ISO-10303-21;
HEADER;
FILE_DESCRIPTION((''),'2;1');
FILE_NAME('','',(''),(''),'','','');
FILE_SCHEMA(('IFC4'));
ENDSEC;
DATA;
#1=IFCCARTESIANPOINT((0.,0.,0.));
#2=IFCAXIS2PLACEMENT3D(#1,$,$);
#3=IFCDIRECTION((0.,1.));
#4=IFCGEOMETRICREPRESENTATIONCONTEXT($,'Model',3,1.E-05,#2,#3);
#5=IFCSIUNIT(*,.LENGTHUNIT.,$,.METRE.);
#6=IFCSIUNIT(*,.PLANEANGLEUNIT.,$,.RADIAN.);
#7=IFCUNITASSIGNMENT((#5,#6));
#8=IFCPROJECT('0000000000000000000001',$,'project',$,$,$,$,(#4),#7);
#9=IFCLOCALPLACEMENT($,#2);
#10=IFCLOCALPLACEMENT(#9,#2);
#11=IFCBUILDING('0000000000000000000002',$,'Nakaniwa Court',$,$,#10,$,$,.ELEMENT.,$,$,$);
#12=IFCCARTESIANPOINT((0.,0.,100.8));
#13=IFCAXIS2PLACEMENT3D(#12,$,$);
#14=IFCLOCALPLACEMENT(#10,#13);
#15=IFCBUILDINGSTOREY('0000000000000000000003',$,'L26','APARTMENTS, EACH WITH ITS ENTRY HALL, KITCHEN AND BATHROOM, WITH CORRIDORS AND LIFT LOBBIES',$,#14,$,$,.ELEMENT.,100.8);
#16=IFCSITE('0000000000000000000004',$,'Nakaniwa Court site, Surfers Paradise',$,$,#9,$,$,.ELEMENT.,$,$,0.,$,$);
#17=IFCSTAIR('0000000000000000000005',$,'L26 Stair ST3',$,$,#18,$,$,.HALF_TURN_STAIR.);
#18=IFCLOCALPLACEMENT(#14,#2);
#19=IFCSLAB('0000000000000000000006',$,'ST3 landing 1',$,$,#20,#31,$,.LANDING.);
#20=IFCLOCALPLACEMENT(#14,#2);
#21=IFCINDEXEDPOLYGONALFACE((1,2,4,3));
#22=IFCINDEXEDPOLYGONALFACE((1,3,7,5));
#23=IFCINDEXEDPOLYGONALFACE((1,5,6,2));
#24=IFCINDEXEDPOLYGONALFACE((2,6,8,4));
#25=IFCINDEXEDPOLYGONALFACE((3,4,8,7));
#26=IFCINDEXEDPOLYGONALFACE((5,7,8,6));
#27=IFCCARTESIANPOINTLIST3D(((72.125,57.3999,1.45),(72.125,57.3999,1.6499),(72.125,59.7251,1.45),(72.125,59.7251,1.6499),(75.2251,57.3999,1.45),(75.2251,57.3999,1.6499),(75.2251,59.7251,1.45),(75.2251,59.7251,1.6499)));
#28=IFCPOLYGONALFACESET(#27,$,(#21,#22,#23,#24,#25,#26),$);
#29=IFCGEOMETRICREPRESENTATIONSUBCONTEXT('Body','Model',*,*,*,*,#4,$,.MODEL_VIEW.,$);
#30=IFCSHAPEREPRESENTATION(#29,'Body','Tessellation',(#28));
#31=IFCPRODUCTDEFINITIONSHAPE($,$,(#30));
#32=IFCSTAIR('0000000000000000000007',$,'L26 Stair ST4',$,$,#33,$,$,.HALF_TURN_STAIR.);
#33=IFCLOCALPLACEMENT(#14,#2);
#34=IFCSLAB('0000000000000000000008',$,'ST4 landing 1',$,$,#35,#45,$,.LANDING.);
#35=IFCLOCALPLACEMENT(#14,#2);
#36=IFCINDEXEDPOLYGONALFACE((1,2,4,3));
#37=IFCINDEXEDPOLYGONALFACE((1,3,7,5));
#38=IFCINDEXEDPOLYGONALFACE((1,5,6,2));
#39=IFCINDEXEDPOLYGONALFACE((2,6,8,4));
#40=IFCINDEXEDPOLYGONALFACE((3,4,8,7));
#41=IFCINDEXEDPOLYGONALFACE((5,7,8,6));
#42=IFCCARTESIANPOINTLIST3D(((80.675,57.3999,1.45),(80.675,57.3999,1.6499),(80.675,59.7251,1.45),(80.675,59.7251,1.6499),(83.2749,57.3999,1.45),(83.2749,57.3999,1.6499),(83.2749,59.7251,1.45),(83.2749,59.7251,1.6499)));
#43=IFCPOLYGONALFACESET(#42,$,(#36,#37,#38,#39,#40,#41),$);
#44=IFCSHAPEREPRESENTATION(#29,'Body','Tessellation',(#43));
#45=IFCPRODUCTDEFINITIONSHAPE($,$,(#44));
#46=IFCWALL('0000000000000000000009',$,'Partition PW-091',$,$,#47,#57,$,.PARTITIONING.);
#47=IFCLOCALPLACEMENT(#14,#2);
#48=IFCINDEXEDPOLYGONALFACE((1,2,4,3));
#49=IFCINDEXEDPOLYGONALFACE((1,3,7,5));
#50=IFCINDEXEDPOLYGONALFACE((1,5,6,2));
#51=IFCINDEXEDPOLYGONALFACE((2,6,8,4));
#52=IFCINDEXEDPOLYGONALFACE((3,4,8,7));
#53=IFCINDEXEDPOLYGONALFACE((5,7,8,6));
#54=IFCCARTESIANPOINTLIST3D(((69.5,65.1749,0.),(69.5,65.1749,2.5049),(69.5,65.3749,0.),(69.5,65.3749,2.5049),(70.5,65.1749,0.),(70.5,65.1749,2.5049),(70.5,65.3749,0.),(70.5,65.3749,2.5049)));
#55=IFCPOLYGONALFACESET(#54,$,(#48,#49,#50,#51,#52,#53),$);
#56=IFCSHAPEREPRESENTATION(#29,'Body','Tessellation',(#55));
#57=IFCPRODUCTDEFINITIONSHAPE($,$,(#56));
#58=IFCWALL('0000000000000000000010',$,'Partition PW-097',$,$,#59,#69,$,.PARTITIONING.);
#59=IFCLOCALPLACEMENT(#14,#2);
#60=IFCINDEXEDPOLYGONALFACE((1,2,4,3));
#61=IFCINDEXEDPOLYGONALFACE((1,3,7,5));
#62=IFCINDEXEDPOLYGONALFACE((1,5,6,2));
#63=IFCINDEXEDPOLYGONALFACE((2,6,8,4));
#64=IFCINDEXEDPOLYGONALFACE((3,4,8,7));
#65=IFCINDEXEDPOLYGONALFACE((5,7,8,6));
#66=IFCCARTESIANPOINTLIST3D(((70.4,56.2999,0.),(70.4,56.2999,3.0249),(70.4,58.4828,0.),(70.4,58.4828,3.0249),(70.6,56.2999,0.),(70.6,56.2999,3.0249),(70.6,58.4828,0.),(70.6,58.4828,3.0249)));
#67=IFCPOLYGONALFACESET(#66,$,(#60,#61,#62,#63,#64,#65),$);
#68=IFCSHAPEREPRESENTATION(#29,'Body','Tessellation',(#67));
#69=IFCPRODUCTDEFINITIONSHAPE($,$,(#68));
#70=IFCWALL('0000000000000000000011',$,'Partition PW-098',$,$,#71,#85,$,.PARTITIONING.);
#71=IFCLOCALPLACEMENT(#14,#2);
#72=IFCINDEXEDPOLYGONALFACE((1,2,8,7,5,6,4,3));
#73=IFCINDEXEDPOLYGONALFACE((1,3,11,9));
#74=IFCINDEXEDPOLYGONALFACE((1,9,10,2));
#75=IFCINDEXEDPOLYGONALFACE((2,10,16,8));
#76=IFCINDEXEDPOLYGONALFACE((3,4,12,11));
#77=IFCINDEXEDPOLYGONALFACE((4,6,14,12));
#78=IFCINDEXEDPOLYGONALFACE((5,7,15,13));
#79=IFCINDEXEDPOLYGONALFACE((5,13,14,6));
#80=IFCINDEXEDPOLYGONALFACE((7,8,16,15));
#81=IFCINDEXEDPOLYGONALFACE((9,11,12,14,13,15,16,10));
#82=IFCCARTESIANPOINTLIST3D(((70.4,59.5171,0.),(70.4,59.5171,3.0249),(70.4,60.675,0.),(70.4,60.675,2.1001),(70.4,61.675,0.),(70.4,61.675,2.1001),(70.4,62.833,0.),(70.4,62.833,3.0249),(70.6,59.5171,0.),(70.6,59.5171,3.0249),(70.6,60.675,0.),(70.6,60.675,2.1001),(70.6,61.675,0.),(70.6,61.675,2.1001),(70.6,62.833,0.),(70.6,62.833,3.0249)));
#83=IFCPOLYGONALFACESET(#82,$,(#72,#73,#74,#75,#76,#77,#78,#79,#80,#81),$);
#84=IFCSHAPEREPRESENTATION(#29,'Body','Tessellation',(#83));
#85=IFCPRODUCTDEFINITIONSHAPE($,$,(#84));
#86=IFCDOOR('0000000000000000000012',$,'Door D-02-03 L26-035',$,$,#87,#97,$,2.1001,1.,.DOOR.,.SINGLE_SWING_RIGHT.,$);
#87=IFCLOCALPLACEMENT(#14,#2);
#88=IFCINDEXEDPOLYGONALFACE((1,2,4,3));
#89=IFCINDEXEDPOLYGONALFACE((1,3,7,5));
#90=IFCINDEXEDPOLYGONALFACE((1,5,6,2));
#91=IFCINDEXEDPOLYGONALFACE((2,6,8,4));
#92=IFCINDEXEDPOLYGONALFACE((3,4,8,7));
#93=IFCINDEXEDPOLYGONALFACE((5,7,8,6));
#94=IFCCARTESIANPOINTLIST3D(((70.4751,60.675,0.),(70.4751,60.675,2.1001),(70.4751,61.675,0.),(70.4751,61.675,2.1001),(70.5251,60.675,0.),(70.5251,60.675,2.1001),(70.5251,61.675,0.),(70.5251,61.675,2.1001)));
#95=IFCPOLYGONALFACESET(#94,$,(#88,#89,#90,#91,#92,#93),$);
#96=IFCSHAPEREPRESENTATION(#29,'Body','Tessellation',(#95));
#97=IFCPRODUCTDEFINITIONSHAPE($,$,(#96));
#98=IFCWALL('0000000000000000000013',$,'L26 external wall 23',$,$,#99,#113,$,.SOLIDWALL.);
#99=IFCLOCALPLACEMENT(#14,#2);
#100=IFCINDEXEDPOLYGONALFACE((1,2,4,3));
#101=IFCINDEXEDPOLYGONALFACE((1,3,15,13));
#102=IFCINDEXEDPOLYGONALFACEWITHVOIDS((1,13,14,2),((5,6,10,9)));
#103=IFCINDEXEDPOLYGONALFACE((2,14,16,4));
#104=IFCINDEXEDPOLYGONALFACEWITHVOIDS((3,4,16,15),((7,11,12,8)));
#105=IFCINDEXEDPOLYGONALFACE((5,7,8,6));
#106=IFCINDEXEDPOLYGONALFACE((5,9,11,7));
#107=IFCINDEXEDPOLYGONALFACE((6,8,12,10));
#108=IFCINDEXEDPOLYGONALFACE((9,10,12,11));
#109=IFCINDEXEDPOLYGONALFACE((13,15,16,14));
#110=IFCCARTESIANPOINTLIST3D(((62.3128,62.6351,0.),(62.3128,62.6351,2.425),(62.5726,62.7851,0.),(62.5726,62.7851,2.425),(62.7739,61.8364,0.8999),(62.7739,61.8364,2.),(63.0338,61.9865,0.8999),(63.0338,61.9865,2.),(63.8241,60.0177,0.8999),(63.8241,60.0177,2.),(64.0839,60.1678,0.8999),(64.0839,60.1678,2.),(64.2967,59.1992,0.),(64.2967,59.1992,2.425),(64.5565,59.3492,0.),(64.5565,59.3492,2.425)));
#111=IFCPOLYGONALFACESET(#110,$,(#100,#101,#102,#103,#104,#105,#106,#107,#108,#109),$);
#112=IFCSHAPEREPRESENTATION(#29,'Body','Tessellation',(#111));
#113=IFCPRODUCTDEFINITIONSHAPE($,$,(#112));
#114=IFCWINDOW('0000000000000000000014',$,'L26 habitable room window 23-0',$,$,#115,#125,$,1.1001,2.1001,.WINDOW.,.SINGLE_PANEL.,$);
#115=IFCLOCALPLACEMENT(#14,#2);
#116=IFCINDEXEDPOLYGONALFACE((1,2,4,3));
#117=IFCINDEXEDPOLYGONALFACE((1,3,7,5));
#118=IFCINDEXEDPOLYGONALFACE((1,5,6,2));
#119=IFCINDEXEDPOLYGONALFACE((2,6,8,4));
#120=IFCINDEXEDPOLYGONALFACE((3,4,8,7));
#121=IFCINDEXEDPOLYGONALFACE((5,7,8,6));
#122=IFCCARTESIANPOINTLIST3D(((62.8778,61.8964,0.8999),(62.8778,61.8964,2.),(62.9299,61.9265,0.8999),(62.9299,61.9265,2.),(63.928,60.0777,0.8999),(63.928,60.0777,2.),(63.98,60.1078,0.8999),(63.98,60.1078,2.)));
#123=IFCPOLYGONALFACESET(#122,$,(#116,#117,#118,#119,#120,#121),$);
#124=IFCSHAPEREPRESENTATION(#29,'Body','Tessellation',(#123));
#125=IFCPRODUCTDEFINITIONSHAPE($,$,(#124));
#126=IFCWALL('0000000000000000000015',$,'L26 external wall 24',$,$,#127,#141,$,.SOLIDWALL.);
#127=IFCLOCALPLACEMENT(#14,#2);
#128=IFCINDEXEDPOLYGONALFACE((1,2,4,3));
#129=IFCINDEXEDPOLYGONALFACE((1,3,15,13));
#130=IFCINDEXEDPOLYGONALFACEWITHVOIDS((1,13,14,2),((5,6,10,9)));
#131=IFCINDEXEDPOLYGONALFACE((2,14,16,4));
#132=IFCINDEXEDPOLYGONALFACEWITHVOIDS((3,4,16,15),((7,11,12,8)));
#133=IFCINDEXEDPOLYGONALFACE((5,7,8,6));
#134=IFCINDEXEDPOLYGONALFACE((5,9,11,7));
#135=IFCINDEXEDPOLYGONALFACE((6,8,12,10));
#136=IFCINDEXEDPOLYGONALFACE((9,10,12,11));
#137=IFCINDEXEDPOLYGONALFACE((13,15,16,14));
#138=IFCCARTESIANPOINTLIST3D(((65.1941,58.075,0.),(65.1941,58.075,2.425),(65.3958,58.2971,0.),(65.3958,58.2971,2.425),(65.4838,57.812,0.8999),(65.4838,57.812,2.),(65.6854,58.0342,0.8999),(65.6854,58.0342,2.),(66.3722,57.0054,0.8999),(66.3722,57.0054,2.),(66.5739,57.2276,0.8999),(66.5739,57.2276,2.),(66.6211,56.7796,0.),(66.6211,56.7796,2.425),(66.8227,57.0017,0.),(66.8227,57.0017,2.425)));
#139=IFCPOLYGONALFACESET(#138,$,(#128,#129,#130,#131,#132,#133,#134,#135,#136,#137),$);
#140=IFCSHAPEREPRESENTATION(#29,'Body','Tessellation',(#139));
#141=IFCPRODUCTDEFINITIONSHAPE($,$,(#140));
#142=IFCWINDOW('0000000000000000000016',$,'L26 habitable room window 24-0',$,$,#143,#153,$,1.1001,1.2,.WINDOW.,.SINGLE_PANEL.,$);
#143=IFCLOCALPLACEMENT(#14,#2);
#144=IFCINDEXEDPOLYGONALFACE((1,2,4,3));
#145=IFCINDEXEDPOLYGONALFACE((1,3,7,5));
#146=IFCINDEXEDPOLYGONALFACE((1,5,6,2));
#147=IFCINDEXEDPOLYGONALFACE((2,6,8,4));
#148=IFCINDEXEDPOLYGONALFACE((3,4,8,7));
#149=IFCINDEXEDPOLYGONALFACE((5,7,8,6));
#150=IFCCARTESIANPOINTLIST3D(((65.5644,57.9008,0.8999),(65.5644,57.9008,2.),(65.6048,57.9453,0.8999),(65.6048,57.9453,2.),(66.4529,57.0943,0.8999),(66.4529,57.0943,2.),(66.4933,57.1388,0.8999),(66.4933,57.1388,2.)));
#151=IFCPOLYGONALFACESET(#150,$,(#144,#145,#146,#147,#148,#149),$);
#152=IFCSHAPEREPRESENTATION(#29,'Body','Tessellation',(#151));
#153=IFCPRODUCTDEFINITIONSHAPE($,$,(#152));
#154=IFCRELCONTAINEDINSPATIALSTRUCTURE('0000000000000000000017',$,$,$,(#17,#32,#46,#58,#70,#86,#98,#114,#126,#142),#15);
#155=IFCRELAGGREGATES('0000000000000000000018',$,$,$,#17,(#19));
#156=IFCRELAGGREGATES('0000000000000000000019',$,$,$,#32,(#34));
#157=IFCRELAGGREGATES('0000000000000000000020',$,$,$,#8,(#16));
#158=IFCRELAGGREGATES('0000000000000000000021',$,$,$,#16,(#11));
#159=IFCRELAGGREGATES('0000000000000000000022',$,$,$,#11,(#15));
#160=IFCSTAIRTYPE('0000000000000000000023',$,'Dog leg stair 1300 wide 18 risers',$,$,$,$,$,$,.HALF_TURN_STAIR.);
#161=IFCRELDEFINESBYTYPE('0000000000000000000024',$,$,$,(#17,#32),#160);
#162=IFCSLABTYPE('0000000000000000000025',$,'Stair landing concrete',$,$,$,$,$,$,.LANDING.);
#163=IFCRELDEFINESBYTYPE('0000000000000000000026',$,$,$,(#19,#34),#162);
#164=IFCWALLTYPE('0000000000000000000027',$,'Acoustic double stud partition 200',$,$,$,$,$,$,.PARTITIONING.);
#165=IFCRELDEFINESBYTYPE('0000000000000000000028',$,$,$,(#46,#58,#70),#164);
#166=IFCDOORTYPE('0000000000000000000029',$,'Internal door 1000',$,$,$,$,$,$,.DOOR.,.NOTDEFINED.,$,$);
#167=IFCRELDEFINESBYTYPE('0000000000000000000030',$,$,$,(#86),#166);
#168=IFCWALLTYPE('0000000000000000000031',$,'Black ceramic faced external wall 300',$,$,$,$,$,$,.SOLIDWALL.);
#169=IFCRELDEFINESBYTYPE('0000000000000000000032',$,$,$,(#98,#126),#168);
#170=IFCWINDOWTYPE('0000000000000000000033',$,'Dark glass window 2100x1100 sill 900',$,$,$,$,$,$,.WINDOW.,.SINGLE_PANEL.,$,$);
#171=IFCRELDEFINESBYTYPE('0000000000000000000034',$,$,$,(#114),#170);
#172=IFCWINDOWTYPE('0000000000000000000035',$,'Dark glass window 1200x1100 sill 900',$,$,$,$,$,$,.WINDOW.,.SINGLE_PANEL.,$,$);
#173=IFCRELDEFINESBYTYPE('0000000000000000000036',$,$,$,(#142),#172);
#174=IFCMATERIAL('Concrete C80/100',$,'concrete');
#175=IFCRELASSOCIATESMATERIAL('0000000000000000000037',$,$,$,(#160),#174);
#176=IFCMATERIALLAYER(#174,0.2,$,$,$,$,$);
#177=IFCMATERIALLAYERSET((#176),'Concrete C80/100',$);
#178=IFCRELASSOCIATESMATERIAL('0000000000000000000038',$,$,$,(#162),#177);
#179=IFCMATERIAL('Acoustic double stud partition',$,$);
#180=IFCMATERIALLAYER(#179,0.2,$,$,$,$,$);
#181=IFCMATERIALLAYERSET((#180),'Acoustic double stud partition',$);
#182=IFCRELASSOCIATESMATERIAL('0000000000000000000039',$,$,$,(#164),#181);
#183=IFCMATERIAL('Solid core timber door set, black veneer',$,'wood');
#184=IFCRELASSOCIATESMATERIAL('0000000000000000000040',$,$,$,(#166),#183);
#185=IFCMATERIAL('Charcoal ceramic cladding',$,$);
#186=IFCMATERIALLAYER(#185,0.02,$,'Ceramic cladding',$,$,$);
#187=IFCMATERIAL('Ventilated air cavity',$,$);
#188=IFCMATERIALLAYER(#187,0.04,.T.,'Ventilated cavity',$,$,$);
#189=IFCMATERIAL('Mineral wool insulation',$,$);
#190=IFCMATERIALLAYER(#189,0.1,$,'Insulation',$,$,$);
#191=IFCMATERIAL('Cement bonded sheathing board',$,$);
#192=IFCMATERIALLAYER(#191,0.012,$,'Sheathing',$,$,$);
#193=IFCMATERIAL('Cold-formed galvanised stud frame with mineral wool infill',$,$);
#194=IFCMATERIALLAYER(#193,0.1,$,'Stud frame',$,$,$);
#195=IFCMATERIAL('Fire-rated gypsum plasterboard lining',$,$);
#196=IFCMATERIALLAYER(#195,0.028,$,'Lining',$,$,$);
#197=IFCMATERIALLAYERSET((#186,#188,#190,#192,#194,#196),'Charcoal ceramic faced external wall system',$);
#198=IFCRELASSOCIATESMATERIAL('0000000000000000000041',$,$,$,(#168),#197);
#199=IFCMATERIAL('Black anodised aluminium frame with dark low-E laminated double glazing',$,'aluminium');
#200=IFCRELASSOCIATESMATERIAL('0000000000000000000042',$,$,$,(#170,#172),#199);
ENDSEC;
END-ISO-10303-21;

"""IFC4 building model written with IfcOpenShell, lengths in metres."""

from ifc_helpers import new_model, si_unit, direction, frame, frame_2d, origin, place, context, subcontext, project, spatial, polyline, rectangle, outline, extrude, material, layer, layer_set, type_object, element, fill, aggregate, save


model = new_model("IFC4")

# Units and contexts
model_context = context("Model", 3, precision=1e-05, world=origin(), true_north=direction((0.0, 1.0)))
body_context = subcontext(model_context, "Body", "Model", "MODEL_VIEW")
ifc_project = project(units=[si_unit("LENGTHUNIT", "METRE"), si_unit("PLANEANGLEUNIT", "RADIAN")], contexts=[model_context])

# Site, building, storey
site_placement = place(None, origin())
site = spatial("IfcSite", under=ifc_project, at=site_placement, Name="Nakaniwa Court site, Surfers Paradise", CompositionType="ELEMENT", RefElevation=0.0)
building_placement = place(site_placement, origin())
building = spatial("IfcBuilding", under=site, at=building_placement, Name="Nakaniwa Court", CompositionType="ELEMENT")
storey_placement = place(building_placement, frame((0.0, 0.0, 100.8)))
storey = spatial("IfcBuildingStorey", under=building, at=storey_placement, Name="L26", Description="APARTMENTS, EACH WITH ITS ENTRY HALL, KITCHEN AND BATHROOM, WITH CORRIDORS AND LIFT LOBBIES", CompositionType="ELEMENT", Elevation=100.8)

# Shared definitions
ifc_material_1 = material(Name="Concrete C80/100", Category="concrete")

# Stairs, slabs
stair_type = type_object("IfcStairType", Name="Dog leg stair 1300 wide 18 risers", PredefinedType="HALF_TURN_STAIR", material=ifc_material_1)
ifc_layer_1 = layer(ifc_material_1, 0.2)
ifc_layer_set_1 = layer_set([ifc_layer_1], Name="Concrete C80/100")
slab_type_1 = type_object("IfcSlabType", Name="Stair landing concrete", PredefinedType="LANDING", material=ifc_layer_set_1)
stair_1_placement = place(storey_placement, origin())
stair_1 = element("IfcStair", 1, at=stair_1_placement, inside=storey, type_object=stair_type, Name="L26 Stair ST3", PredefinedType="HALF_TURN_STAIR")
slab_1_placement = place(storey_placement, frame((0.0, 0.0, 1.45)))
slab_1 = element("IfcSlab", 2, at=slab_1_placement, type_object=slab_type_1, Name="ST3 landing 1", PredefinedType="LANDING", context=body_context, shape_type="SweptSolid", body=[
    extrude(outline(polyline([(75.2251, 57.3999), (75.2251, 59.7251), (72.125, 59.7251), (72.125, 57.3999), (75.2251, 57.3999)])), origin(), (0.0, 0.0, 1.0), 0.2),
])
aggregate(stair_1, [slab_1])
stair_2_placement = place(storey_placement, origin())
stair_2 = element("IfcStair", 3, at=stair_2_placement, inside=storey, type_object=stair_type, Name="L26 Stair ST4", PredefinedType="HALF_TURN_STAIR")
slab_2_placement = place(storey_placement, frame((0.0, 0.0, 1.45)))
slab_2 = element("IfcSlab", 4, at=slab_2_placement, type_object=slab_type_1, Name="ST4 landing 1", PredefinedType="LANDING", context=body_context, shape_type="SweptSolid", body=[
    extrude(outline(polyline([(83.2749, 57.3999), (83.2749, 59.7251), (80.675, 59.7251), (80.675, 57.3999), (83.2749, 57.3999)])), origin(), (0.0, 0.0, 1.0), 0.2),
])
aggregate(stair_2, [slab_2])

# Walls
ifc_material_2 = material(Name="Acoustic double stud partition")
ifc_layer_2 = layer(ifc_material_2, 0.2)
ifc_layer_set_2 = layer_set([ifc_layer_2], Name="Acoustic double stud partition")
wall_type_1 = type_object("IfcWallType", Name="Acoustic double stud partition 200", PredefinedType="PARTITIONING", material=ifc_layer_set_2)
wall_1_placement = place(storey_placement, frame((69.5, 65.2749, 0.0), z_axis=(0.0, 0.0, 1.0), x_axis=(1.0, 0.0, 0.0)))
element("IfcWall", 5, at=wall_1_placement, inside=storey, type_object=wall_type_1, Name="Partition PW-091", PredefinedType="PARTITIONING", context=body_context, shape_type="SweptSolid", body=[
    extrude(rectangle(XDim=1.0, YDim=0.2, at=frame_2d((0.5, 0.0))), origin(), (0.0, 0.0, 1.0), 2.5049),
])
wall_2_placement = place(storey_placement, frame((70.5, 56.3, 0.0), z_axis=(0.0, 0.0, 1.0), x_axis=(0.0, 1.0, 0.0)))
element("IfcWall", 6, at=wall_2_placement, inside=storey, type_object=wall_type_1, Name="Partition PW-097", PredefinedType="PARTITIONING", context=body_context, shape_type="SweptSolid", body=[
    extrude(rectangle(XDim=2.1829, YDim=0.2, at=frame_2d((1.0913, 0.0))), origin(), (0.0, 0.0, 1.0), 3.0249),
])

# Wall, opening, door
wall_3_placement = place(storey_placement, frame((70.5, 59.5171, 0.0), z_axis=(0.0, 0.0, 1.0), x_axis=(0.0, 1.0, 0.0)))
wall_3 = element("IfcWall", 7, at=wall_3_placement, inside=storey, type_object=wall_type_1, Name="Partition PW-098", PredefinedType="PARTITIONING", context=body_context, shape_type="SweptSolid", body=[
    extrude(rectangle(XDim=3.3159, YDim=0.2, at=frame_2d((1.658, 0.0))), origin(), (0.0, 0.0, 1.0), 3.0249),
])
opening_1_placement = place(wall_3_placement, frame((1.158, 0.0, 0.0)))
opening_1 = element("IfcOpeningElement", 8, at=opening_1_placement, cuts=wall_3, PredefinedType="OPENING", context=body_context, shape_type="SweptSolid", body=[
    extrude(rectangle(XDim=1.0, YDim=2.1001, at=frame_2d((0.5, 1.05))), frame((0.0, 0.1099, 0.0), z_axis=(0.0, -1.0, 0.0), x_axis=(1.0, 0.0, 0.0)), (0.0, 0.0, 1.0), 0.22),
])
ifc_material_3 = material(Name="Solid core timber door set, black veneer", Category="wood")
door_type = type_object("IfcDoorType", Name="Internal door 1000", OperationType="NOTDEFINED", PredefinedType="DOOR", material=ifc_material_3)
door_placement = place(opening_1_placement, origin())
door = element("IfcDoor", 9, at=door_placement, inside=storey, type_object=door_type, Name="Door D-02-03 L26-035", OperationType="SINGLE_SWING_RIGHT", OverallHeight=2.1001, OverallWidth=1.0, PredefinedType="DOOR", context=body_context, shape_type="SweptSolid", body=[
    extrude(rectangle(XDim=1.0, YDim=2.1001, at=frame_2d((0.5, 1.05))), frame((0.0, 0.0249, 0.0), z_axis=(0.0, -1.0, 0.0), x_axis=(1.0, 0.0, 0.0)), (0.0, 0.0, 1.0), 0.05),
])
fill(opening_1, door)

# Walls, openings, windows
ifc_material_4 = material(Name="Charcoal ceramic cladding")
ifc_layer_3 = layer(ifc_material_4, 0.02, Name="Ceramic cladding")
ifc_material_5 = material(Name="Ventilated air cavity")
ifc_layer_4 = layer(ifc_material_5, 0.04, ventilated=True, Name="Ventilated cavity")
ifc_material_6 = material(Name="Mineral wool insulation")
ifc_layer_5 = layer(ifc_material_6, 0.1, Name="Insulation")
ifc_material_7 = material(Name="Cement bonded sheathing board")
ifc_layer_6 = layer(ifc_material_7, 0.012, Name="Sheathing")
ifc_material_8 = material(Name="Cold-formed galvanised stud frame with mineral wool infill")
ifc_layer_7 = layer(ifc_material_8, 0.1, Name="Stud frame")
ifc_material_9 = material(Name="Fire-rated gypsum plasterboard lining")
ifc_layer_8 = layer(ifc_material_9, 0.028, Name="Lining")
ifc_layer_set_3 = layer_set([ifc_layer_3, ifc_layer_4, ifc_layer_5, ifc_layer_6, ifc_layer_7, ifc_layer_8], Name="Charcoal ceramic faced external wall system")
wall_type_2 = type_object("IfcWallType", Name="Black ceramic faced external wall 300", PredefinedType="SOLIDWALL", material=ifc_layer_set_3)
wall_4_placement = place(storey_placement, frame((62.4426, 62.7102, 0.0), z_axis=(0.0, 0.0, 1.0), x_axis=(0.500044, -0.866, 0.0)))
wall_4 = element("IfcWall", 10, at=wall_4_placement, inside=storey, type_object=wall_type_2, Name="L26 external wall 23", PredefinedType="SOLIDWALL", context=body_context, shape_type="SweptSolid", body=[
    extrude(rectangle(XDim=3.9675, YDim=0.3, at=frame_2d((1.9839, 0.0))), origin(), (0.0, 0.0, 1.0), 2.425),
])
opening_2_placement = place(wall_4_placement, frame((0.9224, 0.0, 0.8999)))
opening_2 = element("IfcOpeningElement", 11, at=opening_2_placement, cuts=wall_4, PredefinedType="OPENING", context=body_context, shape_type="SweptSolid", body=[
    extrude(rectangle(XDim=2.1001, YDim=1.1001, at=frame_2d((1.05, 0.55))), frame((0.0, 0.1599, 0.0), z_axis=(0.0, -1.0, 0.0), x_axis=(1.0, 0.0, 0.0)), (0.0, 0.0, 1.0), 0.3201),
])
ifc_material_10 = material(Name="Black anodised aluminium frame with dark low-E laminated double glazing", Category="aluminium")
window_type_1 = type_object("IfcWindowType", Name="Dark glass window 2100x1100 sill 900", PartitioningType="SINGLE_PANEL", PredefinedType="WINDOW", material=ifc_material_10)
window_1_placement = place(opening_2_placement, origin())
window_1 = element("IfcWindow", 12, at=window_1_placement, inside=storey, type_object=window_type_1, Name="L26 habitable room window 23-0", OverallHeight=1.1001, OverallWidth=2.1001, PartitioningType="SINGLE_PANEL", PredefinedType="WINDOW", context=body_context, shape_type="SweptSolid", body=[
    extrude(rectangle(XDim=2.1001, YDim=1.1001, at=frame_2d((1.05, 0.55))), frame((0.0, 0.03, 0.0), z_axis=(0.0, -1.0, 0.0), x_axis=(1.0, 0.0, 0.0)), (0.0, 0.0, 1.0), 0.0601),
])
fill(opening_2, window_1)
wall_5_placement = place(storey_placement, frame((65.2949, 58.186, 0.0), z_axis=(0.0, 0.0, 1.0), x_axis=(0.740421, -0.672143, 0.0)))
wall_5 = element("IfcWall", 13, at=wall_5_placement, inside=storey, type_object=wall_type_2, Name="L26 external wall 24", PredefinedType="SOLIDWALL", context=body_context, shape_type="SweptSolid", body=[
    extrude(rectangle(XDim=1.9272, YDim=0.3, at=frame_2d((0.9636, 0.0))), origin(), (0.0, 0.0, 1.0), 2.425),
])
opening_3_placement = place(wall_5_placement, frame((0.3911, 0.0, 0.8999)))
opening_3 = element("IfcOpeningElement", 14, at=opening_3_placement, cuts=wall_5, PredefinedType="OPENING", context=body_context, shape_type="SweptSolid", body=[
    extrude(rectangle(XDim=1.2, YDim=1.1001, at=frame_2d((0.6001, 0.55))), frame((0.0, 0.1599, 0.0), z_axis=(0.0, -1.0, 0.0), x_axis=(1.0, 0.0, 0.0)), (0.0, 0.0, 1.0), 0.3201),
])
window_type_2 = type_object("IfcWindowType", Name="Dark glass window 1200x1100 sill 900", PartitioningType="SINGLE_PANEL", PredefinedType="WINDOW", material=ifc_material_10)
window_2_placement = place(opening_3_placement, origin())
window_2 = element("IfcWindow", 15, at=window_2_placement, inside=storey, type_object=window_type_2, Name="L26 habitable room window 24-0", OverallHeight=1.1001, OverallWidth=1.2, PartitioningType="SINGLE_PANEL", PredefinedType="WINDOW", context=body_context, shape_type="SweptSolid", body=[
    extrude(rectangle(XDim=1.2, YDim=1.1001, at=frame_2d((0.6001, 0.55))), frame((0.0, 0.03, 0.0), z_axis=(0.0, -1.0, 0.0), x_axis=(1.0, 0.0, 0.0)), (0.0, 0.0, 1.0), 0.0601),
])
fill(opening_3, window_2)

save(model, "model.ifc")
